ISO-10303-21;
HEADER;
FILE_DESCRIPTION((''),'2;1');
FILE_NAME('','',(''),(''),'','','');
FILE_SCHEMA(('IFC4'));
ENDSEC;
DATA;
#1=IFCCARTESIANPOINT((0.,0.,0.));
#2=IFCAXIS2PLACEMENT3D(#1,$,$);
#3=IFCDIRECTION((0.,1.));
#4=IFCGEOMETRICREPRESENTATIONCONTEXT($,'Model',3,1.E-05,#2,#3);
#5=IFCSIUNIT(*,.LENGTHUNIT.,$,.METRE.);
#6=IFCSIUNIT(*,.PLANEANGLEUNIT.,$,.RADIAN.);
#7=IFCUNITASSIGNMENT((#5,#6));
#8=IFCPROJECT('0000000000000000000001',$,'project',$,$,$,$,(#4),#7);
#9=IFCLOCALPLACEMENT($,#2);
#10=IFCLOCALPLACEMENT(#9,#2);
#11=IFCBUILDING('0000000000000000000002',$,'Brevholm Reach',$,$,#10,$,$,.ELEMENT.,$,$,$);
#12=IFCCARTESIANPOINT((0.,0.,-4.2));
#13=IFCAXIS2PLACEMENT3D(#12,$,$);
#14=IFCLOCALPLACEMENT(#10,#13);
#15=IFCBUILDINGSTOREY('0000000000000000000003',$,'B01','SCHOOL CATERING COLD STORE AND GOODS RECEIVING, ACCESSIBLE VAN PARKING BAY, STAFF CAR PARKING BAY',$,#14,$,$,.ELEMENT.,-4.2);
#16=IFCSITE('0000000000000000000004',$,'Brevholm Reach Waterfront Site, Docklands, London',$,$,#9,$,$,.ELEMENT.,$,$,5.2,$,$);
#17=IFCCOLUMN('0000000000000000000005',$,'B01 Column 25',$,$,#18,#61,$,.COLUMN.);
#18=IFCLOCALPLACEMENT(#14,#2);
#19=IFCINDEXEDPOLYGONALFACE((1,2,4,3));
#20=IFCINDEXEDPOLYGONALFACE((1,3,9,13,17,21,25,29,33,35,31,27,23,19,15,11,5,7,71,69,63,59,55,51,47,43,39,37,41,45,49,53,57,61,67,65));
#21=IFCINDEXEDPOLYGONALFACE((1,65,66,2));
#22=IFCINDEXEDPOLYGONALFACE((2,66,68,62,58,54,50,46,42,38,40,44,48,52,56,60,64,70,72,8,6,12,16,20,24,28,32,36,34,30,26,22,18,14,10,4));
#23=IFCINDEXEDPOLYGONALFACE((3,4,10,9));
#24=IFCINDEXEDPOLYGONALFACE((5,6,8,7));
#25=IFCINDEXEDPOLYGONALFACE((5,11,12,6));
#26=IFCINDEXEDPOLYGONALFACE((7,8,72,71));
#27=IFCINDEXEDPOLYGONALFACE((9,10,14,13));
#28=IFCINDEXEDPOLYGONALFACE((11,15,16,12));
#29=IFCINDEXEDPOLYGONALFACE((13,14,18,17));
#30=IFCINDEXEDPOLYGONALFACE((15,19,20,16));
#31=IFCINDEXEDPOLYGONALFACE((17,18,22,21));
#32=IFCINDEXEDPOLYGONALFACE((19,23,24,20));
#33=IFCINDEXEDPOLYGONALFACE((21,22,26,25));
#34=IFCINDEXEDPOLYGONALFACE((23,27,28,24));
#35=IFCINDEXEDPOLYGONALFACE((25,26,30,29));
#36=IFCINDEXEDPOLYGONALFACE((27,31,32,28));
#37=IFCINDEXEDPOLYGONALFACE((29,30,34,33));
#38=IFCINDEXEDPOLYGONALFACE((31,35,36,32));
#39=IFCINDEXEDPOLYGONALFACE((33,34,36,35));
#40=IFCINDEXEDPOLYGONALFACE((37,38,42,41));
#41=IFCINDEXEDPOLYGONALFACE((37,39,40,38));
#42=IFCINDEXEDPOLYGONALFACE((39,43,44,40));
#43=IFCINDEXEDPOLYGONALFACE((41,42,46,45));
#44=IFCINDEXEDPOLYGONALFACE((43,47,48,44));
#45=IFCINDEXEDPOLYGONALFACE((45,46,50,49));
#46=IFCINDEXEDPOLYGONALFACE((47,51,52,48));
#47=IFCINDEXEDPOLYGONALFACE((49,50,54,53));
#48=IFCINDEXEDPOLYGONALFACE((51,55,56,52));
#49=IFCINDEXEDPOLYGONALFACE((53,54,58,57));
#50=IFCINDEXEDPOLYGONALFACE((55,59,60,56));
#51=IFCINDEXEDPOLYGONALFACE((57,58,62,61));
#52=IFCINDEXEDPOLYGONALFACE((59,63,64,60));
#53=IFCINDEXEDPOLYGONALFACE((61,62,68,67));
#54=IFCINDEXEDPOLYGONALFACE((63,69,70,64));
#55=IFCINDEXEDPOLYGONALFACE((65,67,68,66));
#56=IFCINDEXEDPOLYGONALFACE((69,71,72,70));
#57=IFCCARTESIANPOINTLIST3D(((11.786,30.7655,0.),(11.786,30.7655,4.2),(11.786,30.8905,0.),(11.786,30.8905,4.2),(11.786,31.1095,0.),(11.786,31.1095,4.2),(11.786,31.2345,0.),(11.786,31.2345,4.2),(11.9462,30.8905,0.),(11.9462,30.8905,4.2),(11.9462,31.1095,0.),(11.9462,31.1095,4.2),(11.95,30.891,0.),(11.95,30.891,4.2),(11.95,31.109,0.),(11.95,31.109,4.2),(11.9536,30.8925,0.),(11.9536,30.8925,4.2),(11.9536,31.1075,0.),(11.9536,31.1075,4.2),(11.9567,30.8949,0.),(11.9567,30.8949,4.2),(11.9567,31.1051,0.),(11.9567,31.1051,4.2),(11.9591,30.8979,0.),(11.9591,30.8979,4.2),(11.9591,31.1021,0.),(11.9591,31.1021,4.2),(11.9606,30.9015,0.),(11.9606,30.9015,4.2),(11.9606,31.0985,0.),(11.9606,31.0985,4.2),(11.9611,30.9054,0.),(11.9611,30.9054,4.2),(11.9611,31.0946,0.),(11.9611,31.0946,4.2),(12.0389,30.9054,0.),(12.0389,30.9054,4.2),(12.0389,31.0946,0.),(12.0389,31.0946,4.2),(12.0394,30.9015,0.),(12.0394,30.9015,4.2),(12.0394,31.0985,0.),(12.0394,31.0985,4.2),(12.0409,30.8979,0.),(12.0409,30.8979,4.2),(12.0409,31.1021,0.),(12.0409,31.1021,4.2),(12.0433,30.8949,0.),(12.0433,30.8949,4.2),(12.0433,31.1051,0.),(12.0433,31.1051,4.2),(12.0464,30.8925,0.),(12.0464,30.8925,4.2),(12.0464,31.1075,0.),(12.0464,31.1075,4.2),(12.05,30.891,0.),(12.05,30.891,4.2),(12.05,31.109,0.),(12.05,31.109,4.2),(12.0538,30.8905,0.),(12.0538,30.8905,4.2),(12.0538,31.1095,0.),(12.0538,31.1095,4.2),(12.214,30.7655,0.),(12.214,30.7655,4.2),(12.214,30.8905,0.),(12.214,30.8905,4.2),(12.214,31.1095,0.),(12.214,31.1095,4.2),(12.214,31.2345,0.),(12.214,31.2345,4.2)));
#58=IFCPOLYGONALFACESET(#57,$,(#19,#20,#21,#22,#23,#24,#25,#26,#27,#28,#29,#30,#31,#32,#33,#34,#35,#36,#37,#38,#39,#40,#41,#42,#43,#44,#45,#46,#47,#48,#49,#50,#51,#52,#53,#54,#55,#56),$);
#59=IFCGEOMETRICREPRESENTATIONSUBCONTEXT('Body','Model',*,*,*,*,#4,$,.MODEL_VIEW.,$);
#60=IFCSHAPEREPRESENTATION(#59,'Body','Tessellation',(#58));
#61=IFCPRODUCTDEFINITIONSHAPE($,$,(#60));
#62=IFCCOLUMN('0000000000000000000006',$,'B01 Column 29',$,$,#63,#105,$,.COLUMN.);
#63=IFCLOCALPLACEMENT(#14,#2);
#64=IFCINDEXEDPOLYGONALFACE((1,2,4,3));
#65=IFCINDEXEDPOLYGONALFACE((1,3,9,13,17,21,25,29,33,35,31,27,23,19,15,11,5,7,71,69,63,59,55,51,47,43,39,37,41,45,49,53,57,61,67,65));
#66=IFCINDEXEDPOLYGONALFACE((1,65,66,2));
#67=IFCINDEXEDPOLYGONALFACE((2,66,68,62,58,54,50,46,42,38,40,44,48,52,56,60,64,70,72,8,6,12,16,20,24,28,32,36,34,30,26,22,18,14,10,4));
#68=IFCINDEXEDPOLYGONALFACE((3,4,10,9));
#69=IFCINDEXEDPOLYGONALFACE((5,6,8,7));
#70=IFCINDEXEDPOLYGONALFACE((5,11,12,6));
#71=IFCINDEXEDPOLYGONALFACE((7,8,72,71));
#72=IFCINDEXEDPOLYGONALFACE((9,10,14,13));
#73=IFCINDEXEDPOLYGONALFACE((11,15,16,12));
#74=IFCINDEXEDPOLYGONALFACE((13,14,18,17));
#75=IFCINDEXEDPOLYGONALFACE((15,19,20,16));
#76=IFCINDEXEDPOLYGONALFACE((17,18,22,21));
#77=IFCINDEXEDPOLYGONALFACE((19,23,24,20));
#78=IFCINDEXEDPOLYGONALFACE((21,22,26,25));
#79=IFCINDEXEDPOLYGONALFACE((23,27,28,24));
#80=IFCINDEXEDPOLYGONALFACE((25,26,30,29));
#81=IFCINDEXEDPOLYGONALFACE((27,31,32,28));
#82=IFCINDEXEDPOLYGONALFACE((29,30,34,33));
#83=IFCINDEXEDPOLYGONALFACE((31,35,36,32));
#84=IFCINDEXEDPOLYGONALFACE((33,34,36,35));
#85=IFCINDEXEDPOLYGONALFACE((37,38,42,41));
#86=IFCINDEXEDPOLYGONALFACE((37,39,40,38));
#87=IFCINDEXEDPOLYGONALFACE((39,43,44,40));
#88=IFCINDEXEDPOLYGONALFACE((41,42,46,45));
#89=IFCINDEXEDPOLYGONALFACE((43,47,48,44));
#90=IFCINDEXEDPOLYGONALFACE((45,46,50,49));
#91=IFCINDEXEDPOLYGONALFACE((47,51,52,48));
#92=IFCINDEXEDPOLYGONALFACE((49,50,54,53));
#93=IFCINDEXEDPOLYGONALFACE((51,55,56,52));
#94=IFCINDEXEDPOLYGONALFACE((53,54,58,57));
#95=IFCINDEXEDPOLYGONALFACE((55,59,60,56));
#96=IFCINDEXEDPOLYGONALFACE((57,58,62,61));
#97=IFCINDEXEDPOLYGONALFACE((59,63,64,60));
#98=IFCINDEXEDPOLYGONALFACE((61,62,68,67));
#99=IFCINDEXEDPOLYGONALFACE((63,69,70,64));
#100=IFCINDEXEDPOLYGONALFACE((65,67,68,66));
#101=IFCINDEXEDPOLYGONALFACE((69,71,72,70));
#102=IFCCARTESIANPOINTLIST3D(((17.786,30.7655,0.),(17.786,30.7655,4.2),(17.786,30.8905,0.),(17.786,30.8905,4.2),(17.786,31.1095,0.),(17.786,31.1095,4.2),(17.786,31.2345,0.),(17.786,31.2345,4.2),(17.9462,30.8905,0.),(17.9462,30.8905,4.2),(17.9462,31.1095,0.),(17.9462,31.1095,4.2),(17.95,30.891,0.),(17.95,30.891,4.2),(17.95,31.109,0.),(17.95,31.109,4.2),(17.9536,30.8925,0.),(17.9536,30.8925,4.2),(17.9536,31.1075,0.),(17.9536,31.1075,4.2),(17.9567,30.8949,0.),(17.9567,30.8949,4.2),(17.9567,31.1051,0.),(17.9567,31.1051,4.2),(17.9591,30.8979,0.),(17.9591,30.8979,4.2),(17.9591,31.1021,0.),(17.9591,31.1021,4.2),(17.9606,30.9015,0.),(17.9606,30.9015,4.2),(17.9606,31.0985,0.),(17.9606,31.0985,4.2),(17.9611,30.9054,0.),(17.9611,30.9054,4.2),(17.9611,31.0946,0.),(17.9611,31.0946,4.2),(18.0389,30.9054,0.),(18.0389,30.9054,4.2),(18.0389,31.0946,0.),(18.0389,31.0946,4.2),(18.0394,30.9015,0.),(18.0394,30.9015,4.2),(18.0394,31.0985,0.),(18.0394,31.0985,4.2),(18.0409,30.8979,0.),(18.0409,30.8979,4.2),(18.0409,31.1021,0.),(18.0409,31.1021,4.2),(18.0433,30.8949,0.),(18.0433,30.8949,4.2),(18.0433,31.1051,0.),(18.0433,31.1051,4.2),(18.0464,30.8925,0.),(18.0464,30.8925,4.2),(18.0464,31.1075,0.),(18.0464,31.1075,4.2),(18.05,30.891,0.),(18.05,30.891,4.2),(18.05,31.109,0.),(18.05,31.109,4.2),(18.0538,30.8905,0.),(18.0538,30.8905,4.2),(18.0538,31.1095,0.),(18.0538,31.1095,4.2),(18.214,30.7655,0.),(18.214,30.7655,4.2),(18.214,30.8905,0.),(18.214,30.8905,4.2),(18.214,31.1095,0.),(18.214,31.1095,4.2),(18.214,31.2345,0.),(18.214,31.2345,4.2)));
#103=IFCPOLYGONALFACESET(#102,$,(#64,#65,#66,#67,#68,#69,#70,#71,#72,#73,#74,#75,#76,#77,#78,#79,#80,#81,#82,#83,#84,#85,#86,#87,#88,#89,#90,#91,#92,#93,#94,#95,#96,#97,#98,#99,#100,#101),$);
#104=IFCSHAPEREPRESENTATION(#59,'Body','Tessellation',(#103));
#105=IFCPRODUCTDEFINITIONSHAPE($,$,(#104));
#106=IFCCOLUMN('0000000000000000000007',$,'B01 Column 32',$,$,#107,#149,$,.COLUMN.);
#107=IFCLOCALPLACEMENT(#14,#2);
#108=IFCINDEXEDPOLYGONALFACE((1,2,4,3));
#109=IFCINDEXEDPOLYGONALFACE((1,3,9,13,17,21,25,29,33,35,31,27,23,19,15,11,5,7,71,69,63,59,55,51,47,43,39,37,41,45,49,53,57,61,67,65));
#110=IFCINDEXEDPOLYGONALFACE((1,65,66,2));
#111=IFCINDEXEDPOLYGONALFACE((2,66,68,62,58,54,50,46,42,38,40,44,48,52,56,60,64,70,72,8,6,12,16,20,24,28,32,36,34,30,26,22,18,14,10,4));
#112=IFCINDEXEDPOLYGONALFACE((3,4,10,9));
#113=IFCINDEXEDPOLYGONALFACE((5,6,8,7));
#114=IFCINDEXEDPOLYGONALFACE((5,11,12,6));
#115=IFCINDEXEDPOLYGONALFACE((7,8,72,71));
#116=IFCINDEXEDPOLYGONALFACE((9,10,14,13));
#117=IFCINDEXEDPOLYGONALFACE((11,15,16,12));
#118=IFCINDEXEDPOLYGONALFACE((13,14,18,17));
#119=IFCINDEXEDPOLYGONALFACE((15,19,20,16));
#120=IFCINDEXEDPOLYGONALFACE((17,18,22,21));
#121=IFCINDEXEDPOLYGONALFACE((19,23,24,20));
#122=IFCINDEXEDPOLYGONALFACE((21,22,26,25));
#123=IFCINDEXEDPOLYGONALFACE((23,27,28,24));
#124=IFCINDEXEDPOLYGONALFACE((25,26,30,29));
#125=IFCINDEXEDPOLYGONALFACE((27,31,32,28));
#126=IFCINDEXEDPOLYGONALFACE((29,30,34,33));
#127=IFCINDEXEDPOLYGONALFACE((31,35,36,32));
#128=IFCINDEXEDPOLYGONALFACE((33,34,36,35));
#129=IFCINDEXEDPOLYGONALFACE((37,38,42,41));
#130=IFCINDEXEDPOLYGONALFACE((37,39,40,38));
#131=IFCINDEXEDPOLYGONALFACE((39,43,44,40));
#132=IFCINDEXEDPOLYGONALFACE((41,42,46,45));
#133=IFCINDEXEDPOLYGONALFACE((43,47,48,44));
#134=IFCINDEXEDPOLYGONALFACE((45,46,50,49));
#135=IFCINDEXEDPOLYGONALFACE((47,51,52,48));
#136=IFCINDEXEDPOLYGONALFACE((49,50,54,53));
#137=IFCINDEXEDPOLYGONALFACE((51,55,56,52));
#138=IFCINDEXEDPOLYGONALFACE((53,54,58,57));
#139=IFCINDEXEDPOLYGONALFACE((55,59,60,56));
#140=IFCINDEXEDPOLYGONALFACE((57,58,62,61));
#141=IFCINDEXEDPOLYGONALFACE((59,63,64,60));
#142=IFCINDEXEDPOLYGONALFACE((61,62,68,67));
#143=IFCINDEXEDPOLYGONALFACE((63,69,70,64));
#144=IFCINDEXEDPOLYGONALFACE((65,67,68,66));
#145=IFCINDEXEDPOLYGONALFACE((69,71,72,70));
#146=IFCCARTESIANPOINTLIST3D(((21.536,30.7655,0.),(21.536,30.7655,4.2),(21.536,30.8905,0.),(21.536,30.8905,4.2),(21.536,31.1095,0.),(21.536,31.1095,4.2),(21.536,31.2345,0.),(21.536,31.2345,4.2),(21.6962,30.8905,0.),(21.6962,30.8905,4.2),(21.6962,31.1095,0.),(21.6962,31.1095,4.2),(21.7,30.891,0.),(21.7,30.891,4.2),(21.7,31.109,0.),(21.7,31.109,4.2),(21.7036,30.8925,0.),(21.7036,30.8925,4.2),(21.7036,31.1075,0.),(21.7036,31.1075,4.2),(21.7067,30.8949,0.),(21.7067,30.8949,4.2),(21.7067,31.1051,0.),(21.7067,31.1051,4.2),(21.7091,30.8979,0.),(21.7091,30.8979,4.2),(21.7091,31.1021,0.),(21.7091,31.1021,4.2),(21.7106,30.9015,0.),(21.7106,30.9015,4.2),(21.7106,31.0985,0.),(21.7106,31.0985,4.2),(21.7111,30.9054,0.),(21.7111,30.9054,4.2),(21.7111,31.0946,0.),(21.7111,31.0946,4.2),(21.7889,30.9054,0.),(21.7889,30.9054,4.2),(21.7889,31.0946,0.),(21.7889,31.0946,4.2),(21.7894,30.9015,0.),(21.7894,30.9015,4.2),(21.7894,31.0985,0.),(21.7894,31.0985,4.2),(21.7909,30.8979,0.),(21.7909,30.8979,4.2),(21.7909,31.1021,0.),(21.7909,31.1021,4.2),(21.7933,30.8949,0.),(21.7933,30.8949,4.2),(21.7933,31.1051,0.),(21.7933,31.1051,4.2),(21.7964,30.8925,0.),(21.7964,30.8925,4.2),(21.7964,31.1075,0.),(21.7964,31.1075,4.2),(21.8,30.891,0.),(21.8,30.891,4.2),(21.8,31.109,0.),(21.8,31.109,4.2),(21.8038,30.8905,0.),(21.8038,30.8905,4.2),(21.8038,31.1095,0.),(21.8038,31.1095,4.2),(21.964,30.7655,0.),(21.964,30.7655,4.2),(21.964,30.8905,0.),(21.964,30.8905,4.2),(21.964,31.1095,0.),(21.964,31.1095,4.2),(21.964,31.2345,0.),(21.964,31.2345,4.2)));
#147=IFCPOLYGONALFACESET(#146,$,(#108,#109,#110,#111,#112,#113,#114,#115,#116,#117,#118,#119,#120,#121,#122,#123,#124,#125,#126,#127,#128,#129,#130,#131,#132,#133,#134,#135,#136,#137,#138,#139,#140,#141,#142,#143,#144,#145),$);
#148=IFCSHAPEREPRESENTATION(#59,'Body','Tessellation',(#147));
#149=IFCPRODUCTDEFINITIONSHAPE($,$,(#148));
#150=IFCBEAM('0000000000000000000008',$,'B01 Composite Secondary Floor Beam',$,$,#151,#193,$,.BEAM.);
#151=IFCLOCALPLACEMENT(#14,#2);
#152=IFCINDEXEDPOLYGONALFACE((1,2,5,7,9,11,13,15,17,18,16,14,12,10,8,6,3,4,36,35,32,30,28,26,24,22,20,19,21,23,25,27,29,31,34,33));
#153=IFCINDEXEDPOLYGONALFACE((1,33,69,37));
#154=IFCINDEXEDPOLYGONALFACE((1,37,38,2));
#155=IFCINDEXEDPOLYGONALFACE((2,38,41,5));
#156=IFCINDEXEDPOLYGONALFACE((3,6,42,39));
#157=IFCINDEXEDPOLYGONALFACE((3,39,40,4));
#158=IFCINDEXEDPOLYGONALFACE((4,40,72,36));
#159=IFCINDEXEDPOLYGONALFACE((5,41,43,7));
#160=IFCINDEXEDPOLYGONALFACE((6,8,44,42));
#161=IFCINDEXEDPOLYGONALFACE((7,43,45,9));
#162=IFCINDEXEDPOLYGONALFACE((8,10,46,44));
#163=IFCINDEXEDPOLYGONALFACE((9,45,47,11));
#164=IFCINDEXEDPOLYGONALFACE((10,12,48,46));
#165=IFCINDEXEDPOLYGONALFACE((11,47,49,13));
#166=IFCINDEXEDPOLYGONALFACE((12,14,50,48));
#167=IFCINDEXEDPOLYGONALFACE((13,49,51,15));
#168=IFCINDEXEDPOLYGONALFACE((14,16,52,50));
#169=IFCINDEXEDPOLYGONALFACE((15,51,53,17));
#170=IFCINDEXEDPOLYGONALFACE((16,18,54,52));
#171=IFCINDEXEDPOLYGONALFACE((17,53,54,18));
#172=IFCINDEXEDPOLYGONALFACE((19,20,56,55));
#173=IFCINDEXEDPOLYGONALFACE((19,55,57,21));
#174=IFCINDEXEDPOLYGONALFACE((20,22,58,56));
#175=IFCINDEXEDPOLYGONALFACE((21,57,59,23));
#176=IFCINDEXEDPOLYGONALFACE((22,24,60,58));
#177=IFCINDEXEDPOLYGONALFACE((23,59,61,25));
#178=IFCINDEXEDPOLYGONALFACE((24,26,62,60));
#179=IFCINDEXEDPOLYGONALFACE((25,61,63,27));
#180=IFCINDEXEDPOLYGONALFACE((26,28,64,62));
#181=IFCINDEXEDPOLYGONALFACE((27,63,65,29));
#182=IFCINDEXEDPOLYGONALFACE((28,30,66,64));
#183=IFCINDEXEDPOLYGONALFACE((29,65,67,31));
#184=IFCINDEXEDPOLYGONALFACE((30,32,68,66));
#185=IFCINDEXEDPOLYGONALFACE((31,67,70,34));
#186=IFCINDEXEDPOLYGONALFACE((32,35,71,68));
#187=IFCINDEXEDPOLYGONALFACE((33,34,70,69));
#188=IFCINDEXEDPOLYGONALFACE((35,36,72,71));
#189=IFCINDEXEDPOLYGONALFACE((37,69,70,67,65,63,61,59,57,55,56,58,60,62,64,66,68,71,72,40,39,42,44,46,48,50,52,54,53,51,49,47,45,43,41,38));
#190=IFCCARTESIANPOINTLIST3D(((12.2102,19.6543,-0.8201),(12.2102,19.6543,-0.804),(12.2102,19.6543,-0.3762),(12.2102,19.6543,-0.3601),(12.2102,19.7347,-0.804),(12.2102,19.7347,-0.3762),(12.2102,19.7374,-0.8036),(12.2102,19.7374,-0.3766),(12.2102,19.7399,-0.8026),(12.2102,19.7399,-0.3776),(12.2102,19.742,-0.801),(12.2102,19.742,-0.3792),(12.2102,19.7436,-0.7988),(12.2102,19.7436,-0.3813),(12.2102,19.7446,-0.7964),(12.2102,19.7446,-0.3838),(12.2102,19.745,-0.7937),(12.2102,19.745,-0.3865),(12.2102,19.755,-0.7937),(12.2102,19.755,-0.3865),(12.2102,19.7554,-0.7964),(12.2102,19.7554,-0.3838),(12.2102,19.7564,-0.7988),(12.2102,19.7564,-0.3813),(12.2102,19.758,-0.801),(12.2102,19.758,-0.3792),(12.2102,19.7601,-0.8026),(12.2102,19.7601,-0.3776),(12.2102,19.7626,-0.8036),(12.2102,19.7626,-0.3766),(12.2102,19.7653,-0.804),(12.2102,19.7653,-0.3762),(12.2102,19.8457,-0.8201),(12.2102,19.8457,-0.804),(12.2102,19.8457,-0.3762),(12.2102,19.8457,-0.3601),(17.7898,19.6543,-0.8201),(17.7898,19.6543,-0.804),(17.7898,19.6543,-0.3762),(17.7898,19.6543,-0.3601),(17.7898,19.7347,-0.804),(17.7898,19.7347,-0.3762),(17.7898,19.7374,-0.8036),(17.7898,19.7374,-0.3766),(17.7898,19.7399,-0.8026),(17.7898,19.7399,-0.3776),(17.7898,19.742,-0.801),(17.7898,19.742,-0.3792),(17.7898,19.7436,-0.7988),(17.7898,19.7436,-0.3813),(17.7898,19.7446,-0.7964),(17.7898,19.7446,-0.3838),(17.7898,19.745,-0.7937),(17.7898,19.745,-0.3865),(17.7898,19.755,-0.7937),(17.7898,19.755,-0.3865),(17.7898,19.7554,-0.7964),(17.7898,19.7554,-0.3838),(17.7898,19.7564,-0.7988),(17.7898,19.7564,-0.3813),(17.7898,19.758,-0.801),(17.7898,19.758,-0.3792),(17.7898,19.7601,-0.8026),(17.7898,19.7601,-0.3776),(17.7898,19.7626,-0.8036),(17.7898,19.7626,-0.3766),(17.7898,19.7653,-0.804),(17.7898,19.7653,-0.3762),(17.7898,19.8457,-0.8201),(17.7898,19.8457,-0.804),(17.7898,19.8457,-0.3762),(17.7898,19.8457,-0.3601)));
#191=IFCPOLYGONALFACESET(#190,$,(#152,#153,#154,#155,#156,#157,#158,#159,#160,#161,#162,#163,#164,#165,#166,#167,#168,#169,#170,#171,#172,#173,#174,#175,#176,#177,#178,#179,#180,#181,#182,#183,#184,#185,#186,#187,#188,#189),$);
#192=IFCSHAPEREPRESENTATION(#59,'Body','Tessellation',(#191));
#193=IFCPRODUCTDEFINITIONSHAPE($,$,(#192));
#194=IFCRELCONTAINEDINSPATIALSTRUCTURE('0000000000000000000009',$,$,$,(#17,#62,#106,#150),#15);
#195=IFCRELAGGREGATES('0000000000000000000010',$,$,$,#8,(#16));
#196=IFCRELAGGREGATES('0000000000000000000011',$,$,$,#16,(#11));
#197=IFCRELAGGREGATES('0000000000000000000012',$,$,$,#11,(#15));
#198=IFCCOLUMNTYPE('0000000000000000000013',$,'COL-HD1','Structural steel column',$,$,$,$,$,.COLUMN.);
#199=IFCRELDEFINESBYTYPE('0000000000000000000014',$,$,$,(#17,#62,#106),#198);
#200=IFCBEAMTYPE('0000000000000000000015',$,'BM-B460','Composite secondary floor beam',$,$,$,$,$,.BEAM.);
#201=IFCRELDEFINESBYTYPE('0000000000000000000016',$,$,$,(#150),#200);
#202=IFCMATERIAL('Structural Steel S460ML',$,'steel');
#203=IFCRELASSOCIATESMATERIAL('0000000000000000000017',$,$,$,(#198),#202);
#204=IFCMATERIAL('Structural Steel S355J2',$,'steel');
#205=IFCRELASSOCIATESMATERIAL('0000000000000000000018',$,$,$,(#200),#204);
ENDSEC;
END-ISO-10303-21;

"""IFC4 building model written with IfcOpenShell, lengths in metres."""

from ifc_helpers import new_model, si_unit, direction, frame, origin, origin_2d, place, context, subcontext, project, spatial, i_section, extrude, material, material_profile, profile_set, type_object, element, save


model = new_model("IFC4")

# Units and contexts
model_context = context("Model", 3, precision=1e-05, world=origin(), true_north=direction((0.0, 1.0)))
body_context = subcontext(model_context, "Body", "Model", "MODEL_VIEW")
ifc_project = project(units=[si_unit("LENGTHUNIT", "METRE"), si_unit("PLANEANGLEUNIT", "RADIAN")], contexts=[model_context])

# Site, building, storey
site_placement = place(None, origin())
site = spatial("IfcSite", under=ifc_project, at=site_placement, Name="Brevholm Reach Waterfront Site, Docklands, London", CompositionType="ELEMENT", RefElevation=5.2)
building_placement = place(site_placement, origin())
building = spatial("IfcBuilding", under=site, at=building_placement, Name="Brevholm Reach", CompositionType="ELEMENT")
storey_placement = place(building_placement, frame((0.0, 0.0, -4.2)))
storey = spatial("IfcBuildingStorey", under=building, at=storey_placement, Name="B01", Description="SCHOOL CATERING COLD STORE AND GOODS RECEIVING, ACCESSIBLE VAN PARKING BAY, STAFF CAR PARKING BAY", CompositionType="ELEMENT", Elevation=-4.2)

# Columns
ifc_material_1 = material(Name="Structural Steel S460ML", Category="steel")
ifc_material_profile_1 = material_profile(ifc_material_1, i_section(OverallWidth=0.428, OverallDepth=0.469, WebThickness=0.0779, FlangeThickness=0.125, FilletRadius=0.0149, at=origin_2d()), Name="HD 400x1086")
ifc_profile_set_1 = profile_set([ifc_material_profile_1], Name="Structural Steel S460ML")
column_type = type_object("IfcColumnType", Name="COL-HD1", Description="Structural steel column", PredefinedType="COLUMN", material=ifc_profile_set_1)
for number, where, z_axis, x_axis, name in (
    (1, (12.0, 31.0, 0.0), (0.0, 0.0, 1.0), (1.0, 0.0, 0.0), "B01 Column 25"),
    (2, (18.0, 31.0, 0.0), (0.0, 0.0, 1.0), (1.0, 0.0, 0.0), "B01 Column 29"),
    (3, (21.75, 31.0, 0.0), (0.0, 0.0, 1.0), (1.0, 0.0, 0.0), "B01 Column 32"),
):
    element("IfcColumn", number, at=place(storey_placement, frame(where, z_axis=z_axis, x_axis=x_axis)), inside=storey, type_object=column_type, Name=name, PredefinedType="COLUMN", context=body_context, shape_type="SweptSolid", body=[
        extrude(i_section(OverallWidth=0.428, OverallDepth=0.469, WebThickness=0.0779, FlangeThickness=0.125, FilletRadius=0.0149, at=origin_2d()), origin(), (0.0, 0.0, 1.0), 4.2),
    ])

# Beam
ifc_material_2 = material(Name="Structural Steel S355J2", Category="steel")
ifc_material_profile_2 = material_profile(ifc_material_2, i_section(OverallWidth=0.1914, OverallDepth=0.46, WebThickness=0.01, FlangeThickness=0.0161, FilletRadius=0.0103, at=origin_2d()), Name="UKB 457x191x82")
ifc_profile_set_2 = profile_set([ifc_material_profile_2], Name="Structural Steel S355J2")
beam_type_1 = type_object("IfcBeamType", Name="BM-B460", Description="Composite secondary floor beam", PredefinedType="BEAM", material=ifc_profile_set_2)
beam_1_placement = place(storey_placement, frame((12.2102, 19.75, -0.5901), z_axis=(1.0, 0.0, 0.0), x_axis=(0.0, 1.0, 0.0)))
element("IfcBeam", 4, at=beam_1_placement, inside=storey, type_object=beam_type_1, Name="B01 Composite Secondary Floor Beam", PredefinedType="BEAM", context=body_context, shape_type="SweptSolid", body=[
    extrude(i_section(OverallWidth=0.1914, OverallDepth=0.46, WebThickness=0.01, FlangeThickness=0.0161, FilletRadius=0.0103, at=origin_2d()), origin(), (0.0, 0.0, 1.0), 5.5796),
])

save(model, "model.ifc")
